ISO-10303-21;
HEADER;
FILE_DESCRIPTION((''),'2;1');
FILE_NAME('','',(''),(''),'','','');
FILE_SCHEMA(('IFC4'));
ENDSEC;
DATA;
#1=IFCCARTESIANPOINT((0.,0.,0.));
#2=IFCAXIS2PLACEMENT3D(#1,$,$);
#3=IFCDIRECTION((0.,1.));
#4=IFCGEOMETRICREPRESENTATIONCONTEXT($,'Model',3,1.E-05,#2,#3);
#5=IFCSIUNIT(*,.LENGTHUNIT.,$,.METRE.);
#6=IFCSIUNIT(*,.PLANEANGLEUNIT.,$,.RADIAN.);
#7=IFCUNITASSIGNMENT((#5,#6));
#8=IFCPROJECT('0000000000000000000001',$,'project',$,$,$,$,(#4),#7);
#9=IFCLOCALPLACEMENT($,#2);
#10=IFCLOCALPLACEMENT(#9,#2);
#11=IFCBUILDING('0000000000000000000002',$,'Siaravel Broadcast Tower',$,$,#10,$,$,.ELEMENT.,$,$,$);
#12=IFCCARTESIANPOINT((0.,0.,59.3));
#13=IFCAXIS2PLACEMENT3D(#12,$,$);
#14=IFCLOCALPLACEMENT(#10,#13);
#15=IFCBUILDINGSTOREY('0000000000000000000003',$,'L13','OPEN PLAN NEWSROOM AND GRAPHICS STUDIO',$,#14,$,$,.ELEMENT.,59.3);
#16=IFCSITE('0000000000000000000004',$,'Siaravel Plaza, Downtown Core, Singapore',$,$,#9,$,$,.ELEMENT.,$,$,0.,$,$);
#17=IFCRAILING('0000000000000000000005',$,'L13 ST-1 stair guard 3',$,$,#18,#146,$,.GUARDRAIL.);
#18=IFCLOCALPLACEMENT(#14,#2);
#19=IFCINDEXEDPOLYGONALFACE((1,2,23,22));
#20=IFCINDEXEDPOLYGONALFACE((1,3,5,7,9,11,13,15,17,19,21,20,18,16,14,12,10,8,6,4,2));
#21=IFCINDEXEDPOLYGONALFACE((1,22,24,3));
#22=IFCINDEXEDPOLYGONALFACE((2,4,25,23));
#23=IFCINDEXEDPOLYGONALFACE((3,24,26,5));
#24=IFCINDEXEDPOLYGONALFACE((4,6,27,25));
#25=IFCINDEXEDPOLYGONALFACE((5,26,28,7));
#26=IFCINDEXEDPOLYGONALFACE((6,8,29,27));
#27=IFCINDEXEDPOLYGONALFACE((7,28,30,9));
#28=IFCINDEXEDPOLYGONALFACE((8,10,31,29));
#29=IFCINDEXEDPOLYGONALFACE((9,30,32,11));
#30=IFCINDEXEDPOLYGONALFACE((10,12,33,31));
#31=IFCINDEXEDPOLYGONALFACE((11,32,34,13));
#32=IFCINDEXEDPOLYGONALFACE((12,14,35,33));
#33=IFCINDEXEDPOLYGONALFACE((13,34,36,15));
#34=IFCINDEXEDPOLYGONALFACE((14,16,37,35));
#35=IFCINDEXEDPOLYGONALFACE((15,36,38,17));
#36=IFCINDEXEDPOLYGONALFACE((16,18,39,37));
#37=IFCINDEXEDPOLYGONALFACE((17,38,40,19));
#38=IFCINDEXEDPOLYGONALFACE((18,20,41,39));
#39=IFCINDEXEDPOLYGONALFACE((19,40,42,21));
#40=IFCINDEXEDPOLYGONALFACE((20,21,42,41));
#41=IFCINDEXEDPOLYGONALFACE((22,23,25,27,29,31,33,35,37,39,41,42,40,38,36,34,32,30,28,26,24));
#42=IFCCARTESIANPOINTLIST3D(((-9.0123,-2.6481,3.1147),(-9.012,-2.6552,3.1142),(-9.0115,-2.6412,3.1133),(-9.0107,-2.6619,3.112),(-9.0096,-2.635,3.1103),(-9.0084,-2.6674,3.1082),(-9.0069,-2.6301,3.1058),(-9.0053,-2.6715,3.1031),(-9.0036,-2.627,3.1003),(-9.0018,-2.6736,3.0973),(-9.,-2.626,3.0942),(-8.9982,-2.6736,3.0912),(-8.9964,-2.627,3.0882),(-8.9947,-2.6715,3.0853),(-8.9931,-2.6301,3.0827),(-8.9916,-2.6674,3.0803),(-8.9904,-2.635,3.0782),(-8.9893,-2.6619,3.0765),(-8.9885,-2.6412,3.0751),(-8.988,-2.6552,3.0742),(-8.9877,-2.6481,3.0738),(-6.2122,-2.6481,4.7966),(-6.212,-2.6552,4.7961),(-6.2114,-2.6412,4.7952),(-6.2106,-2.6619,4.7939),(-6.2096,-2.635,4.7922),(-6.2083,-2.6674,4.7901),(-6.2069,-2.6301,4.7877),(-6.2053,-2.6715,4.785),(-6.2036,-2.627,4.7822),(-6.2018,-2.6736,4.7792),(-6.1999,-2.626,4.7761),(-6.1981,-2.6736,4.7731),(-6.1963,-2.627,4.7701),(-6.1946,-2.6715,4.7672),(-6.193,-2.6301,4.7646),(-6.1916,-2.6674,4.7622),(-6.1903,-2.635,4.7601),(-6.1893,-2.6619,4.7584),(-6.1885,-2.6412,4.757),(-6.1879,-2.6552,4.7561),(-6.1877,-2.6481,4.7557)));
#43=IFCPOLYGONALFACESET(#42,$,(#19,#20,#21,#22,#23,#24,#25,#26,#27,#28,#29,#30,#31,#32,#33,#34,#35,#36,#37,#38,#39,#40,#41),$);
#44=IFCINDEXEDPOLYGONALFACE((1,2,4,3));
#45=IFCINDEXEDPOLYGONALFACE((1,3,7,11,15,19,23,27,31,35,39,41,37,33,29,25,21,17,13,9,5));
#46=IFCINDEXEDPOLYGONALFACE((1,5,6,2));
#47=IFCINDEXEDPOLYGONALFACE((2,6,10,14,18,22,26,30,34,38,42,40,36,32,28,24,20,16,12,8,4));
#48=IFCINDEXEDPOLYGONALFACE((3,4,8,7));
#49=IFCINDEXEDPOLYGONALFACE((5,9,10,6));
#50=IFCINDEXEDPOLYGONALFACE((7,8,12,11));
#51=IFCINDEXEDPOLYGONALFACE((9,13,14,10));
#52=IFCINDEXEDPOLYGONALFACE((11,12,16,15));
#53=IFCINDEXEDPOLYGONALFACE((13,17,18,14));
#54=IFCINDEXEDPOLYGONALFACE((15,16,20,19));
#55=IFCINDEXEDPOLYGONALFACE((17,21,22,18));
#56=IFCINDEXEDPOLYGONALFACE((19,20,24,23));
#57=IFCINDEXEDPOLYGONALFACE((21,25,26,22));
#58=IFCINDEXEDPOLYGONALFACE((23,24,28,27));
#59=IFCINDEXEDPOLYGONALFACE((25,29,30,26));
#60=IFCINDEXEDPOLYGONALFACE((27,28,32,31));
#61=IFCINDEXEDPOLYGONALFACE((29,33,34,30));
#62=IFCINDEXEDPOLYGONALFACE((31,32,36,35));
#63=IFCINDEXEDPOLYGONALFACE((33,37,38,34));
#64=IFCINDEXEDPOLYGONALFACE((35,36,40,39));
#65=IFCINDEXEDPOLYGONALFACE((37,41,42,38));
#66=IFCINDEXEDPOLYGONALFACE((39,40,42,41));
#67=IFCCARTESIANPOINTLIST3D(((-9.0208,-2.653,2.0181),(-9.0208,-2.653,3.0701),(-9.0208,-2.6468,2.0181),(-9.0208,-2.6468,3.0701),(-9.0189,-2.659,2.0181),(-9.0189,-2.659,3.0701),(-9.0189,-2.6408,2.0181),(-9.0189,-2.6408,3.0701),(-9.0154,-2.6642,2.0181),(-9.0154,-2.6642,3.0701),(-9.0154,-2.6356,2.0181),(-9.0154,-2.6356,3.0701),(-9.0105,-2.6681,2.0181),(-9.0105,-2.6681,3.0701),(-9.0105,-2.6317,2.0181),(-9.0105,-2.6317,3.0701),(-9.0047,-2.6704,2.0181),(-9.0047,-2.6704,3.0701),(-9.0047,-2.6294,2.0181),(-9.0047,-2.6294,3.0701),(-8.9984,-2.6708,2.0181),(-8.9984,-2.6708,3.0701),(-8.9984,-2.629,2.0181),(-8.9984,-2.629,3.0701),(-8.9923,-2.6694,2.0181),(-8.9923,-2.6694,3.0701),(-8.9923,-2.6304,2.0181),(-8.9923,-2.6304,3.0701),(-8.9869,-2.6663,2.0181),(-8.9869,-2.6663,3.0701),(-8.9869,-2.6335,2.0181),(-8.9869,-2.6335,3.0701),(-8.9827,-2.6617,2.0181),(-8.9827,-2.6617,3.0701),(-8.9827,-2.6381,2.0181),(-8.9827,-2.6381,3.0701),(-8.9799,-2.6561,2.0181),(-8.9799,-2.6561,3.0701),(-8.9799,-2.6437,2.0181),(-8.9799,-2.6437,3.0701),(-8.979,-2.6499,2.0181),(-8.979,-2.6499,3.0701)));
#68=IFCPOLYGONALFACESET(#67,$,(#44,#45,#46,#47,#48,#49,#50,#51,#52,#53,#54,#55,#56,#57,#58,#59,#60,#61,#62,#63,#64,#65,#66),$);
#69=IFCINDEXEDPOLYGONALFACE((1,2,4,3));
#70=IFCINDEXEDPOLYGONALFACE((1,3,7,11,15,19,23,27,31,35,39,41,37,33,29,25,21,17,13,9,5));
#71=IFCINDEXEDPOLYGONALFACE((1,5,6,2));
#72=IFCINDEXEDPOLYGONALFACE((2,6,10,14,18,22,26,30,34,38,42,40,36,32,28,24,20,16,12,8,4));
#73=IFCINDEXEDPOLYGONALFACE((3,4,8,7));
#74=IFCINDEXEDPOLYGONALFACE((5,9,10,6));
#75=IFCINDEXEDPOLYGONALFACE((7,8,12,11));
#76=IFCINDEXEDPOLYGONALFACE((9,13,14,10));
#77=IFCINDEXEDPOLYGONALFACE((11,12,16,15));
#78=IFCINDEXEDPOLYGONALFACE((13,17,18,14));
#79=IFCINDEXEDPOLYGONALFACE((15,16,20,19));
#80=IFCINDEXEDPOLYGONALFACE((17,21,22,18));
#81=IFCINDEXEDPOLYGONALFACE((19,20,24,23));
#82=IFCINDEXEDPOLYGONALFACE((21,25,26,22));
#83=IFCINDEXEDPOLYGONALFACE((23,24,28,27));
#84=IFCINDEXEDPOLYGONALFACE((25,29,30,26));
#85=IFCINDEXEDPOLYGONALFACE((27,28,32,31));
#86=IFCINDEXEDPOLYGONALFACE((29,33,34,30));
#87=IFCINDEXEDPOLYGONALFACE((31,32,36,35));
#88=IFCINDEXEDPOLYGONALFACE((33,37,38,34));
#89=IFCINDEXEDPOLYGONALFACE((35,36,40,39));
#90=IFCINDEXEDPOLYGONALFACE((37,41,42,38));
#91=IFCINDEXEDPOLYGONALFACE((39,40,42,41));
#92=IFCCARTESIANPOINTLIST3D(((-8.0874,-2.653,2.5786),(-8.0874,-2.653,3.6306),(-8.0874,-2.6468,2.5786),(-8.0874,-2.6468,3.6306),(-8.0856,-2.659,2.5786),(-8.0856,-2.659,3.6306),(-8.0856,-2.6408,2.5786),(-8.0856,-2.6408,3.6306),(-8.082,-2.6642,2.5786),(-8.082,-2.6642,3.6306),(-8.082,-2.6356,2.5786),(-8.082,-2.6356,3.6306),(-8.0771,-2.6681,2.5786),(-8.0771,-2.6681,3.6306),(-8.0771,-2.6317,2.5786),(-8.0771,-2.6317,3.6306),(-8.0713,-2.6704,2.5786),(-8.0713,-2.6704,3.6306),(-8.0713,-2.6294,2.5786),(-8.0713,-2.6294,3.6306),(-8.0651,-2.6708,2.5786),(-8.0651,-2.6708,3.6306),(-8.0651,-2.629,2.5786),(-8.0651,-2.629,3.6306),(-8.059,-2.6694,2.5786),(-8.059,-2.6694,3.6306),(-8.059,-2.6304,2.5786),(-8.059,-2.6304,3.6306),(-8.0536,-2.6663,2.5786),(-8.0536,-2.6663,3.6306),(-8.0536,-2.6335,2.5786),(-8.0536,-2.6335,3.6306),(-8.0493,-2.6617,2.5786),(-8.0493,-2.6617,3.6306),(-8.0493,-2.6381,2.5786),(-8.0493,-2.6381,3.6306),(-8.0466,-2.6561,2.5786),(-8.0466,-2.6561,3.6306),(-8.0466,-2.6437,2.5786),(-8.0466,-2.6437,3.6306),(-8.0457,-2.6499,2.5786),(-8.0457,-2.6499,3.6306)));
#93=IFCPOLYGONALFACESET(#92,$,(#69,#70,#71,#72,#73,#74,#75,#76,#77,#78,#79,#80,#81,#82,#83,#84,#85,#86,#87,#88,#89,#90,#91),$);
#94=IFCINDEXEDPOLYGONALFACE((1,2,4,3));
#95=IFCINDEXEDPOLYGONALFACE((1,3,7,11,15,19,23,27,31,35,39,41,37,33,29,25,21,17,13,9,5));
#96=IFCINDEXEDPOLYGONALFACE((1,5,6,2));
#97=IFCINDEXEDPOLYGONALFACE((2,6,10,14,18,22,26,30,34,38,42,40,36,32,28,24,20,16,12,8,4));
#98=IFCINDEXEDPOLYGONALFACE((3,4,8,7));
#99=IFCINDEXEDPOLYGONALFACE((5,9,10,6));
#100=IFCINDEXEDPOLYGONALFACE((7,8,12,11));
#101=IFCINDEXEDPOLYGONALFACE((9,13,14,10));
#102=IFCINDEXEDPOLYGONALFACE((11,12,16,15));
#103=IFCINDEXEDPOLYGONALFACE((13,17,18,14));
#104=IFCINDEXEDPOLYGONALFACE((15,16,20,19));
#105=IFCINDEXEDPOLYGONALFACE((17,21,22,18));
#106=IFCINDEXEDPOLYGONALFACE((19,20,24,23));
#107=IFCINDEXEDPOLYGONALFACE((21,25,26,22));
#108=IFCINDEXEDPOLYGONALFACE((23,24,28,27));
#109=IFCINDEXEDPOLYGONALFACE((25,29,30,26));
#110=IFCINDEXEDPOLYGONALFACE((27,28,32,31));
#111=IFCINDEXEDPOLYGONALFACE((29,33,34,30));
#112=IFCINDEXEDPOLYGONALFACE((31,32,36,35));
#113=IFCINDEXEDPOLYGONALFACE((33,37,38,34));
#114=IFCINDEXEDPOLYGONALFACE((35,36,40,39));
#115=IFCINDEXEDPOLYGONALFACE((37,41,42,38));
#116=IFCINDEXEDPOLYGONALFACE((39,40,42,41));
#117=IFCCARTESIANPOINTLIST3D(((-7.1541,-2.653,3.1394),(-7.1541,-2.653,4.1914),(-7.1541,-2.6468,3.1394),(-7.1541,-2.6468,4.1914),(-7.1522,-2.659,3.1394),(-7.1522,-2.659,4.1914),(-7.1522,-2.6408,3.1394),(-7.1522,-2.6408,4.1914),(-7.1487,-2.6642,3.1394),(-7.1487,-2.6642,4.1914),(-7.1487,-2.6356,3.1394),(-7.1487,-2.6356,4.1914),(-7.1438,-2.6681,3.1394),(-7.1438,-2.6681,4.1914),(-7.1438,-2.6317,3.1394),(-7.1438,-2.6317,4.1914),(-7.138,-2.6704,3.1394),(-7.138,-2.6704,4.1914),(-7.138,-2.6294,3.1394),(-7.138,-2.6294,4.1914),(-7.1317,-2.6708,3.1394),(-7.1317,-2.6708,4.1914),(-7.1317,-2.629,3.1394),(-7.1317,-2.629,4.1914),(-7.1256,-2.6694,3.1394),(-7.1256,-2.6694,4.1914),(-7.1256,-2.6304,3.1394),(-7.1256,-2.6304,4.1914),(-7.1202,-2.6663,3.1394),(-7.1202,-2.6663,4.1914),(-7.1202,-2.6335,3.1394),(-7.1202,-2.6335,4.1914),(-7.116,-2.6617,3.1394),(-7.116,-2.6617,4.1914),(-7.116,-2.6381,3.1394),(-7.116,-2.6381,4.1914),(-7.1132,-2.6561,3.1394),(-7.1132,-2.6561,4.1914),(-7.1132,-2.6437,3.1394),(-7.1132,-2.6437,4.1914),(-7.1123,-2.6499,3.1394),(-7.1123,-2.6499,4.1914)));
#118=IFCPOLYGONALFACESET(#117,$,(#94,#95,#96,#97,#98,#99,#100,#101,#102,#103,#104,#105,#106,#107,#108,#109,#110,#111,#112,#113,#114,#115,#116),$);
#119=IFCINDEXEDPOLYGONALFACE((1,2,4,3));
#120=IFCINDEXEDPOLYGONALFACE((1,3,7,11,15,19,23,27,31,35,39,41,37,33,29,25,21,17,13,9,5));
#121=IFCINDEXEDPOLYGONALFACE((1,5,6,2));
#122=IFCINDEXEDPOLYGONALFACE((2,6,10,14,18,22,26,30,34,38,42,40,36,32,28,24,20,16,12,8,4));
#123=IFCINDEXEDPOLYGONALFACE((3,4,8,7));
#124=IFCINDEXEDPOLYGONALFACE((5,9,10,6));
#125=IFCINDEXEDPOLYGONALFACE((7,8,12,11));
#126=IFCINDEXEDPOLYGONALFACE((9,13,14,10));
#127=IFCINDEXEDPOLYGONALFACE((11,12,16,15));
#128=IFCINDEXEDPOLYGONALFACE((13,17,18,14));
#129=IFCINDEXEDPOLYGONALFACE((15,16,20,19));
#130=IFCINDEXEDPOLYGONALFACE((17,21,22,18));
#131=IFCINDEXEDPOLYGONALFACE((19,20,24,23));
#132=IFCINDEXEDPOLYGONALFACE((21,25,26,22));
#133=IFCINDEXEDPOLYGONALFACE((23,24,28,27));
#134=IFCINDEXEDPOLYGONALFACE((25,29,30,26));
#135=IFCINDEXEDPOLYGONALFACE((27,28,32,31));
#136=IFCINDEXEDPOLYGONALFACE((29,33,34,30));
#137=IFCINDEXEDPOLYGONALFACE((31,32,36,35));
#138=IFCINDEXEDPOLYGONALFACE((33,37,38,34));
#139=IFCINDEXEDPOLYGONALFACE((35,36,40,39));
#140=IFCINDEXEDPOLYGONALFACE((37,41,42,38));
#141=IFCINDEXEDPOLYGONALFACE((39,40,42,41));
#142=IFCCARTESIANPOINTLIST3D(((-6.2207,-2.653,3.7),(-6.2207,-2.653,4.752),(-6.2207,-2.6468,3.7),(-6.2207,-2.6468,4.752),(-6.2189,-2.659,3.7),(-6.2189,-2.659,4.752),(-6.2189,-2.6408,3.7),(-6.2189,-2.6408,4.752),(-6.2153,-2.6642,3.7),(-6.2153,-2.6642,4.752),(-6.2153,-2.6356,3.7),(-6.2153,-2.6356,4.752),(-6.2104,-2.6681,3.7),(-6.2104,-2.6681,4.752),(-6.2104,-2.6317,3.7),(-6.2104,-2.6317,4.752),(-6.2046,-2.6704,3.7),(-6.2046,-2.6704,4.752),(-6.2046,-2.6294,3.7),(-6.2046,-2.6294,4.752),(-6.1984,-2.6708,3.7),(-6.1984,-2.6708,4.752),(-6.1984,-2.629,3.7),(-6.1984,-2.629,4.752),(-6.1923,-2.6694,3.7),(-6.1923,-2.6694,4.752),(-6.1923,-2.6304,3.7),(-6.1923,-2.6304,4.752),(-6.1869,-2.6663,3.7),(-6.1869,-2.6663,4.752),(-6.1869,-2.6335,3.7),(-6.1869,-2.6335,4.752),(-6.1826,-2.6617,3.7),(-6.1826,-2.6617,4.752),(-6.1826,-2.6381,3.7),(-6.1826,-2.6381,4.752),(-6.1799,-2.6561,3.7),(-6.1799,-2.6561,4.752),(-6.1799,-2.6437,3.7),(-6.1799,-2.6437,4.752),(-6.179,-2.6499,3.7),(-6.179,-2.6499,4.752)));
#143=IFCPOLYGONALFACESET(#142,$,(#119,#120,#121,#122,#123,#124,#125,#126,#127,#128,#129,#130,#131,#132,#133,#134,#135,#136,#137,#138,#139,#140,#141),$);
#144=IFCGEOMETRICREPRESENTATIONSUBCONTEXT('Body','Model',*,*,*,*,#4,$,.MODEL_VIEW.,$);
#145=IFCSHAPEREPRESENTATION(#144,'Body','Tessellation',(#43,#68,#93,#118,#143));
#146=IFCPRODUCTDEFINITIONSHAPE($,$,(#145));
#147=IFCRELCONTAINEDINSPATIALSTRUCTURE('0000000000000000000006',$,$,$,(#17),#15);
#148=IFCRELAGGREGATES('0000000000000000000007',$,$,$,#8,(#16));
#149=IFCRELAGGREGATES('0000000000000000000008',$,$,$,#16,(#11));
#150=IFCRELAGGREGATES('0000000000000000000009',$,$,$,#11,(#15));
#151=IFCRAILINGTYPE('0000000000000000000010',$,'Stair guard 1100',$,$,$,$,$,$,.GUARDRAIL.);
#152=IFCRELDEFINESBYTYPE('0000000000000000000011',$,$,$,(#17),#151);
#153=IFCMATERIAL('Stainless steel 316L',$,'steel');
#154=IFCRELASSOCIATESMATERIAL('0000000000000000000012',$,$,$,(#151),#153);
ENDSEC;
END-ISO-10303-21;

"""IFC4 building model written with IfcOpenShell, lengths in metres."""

from ifc_helpers import new_model, si_unit, direction, frame, origin, origin_2d, place, context, subcontext, project, spatial, circle, extrude, material, type_object, element, save


model = new_model("IFC4")

# Units and contexts
model_context = context("Model", 3, precision=1e-05, world=origin(), true_north=direction((0.0, 1.0)))
body_context = subcontext(model_context, "Body", "Model", "MODEL_VIEW")
ifc_project = project(units=[si_unit("LENGTHUNIT", "METRE"), si_unit("PLANEANGLEUNIT", "RADIAN")], contexts=[model_context])

# Site, building, storey
site_placement = place(None, origin())
site = spatial("IfcSite", under=ifc_project, at=site_placement, Name="Siaravel Plaza, Downtown Core, Singapore", CompositionType="ELEMENT", RefElevation=0.0)
building_placement = place(site_placement, origin())
building = spatial("IfcBuilding", under=site, at=building_placement, Name="Siaravel Broadcast Tower", CompositionType="ELEMENT")
storey_placement = place(building_placement, frame((0.0, 0.0, 59.3)))
storey = spatial("IfcBuildingStorey", under=building, at=storey_placement, Name="L13", Description="OPEN PLAN NEWSROOM AND GRAPHICS STUDIO", CompositionType="ELEMENT", Elevation=59.3)

# Shared definitions
ifc_material_1 = material(Name="Stainless steel 316L", Category="steel")

# Railing
railing_type_1 = type_object("IfcRailingType", Name="Stair guard 1100", PredefinedType="GUARDRAIL", material=ifc_material_1)
railing_1_placement = place(storey_placement, frame((-9.0, -2.6499, 2.0181)))
element("IfcRailing", 1, at=railing_1_placement, inside=storey, type_object=railing_type_1, Name="L13 ST-1 stair guard 3", PredefinedType="GUARDRAIL", context=body_context, shape_type="SweptSolid", body=[
    extrude(circle(Radius=0.0239, at=origin_2d()), frame((0.0, 0.0, 1.0762), z_axis=(0.857242, 0.0, 0.514913), x_axis=(0.0, 1.0, 0.0)), (0.0, 0.0, 1.0), 3.2664),
    extrude(circle(Radius=0.021, at=origin_2d()), origin(), (0.0, 0.0, 1.0), 1.052),
    extrude(circle(Radius=0.021, at=origin_2d()), frame((0.9333, 0.0, 0.5605)), (0.0, 0.0, 1.0), 1.052),
    extrude(circle(Radius=0.021, at=origin_2d()), frame((1.8667, 0.0, 1.1213)), (0.0, 0.0, 1.0), 1.052),
    extrude(circle(Radius=0.021, at=origin_2d()), frame((2.8, 0.0, 1.6819)), (0.0, 0.0, 1.0), 1.052),
])

save(model, "model.ifc")
